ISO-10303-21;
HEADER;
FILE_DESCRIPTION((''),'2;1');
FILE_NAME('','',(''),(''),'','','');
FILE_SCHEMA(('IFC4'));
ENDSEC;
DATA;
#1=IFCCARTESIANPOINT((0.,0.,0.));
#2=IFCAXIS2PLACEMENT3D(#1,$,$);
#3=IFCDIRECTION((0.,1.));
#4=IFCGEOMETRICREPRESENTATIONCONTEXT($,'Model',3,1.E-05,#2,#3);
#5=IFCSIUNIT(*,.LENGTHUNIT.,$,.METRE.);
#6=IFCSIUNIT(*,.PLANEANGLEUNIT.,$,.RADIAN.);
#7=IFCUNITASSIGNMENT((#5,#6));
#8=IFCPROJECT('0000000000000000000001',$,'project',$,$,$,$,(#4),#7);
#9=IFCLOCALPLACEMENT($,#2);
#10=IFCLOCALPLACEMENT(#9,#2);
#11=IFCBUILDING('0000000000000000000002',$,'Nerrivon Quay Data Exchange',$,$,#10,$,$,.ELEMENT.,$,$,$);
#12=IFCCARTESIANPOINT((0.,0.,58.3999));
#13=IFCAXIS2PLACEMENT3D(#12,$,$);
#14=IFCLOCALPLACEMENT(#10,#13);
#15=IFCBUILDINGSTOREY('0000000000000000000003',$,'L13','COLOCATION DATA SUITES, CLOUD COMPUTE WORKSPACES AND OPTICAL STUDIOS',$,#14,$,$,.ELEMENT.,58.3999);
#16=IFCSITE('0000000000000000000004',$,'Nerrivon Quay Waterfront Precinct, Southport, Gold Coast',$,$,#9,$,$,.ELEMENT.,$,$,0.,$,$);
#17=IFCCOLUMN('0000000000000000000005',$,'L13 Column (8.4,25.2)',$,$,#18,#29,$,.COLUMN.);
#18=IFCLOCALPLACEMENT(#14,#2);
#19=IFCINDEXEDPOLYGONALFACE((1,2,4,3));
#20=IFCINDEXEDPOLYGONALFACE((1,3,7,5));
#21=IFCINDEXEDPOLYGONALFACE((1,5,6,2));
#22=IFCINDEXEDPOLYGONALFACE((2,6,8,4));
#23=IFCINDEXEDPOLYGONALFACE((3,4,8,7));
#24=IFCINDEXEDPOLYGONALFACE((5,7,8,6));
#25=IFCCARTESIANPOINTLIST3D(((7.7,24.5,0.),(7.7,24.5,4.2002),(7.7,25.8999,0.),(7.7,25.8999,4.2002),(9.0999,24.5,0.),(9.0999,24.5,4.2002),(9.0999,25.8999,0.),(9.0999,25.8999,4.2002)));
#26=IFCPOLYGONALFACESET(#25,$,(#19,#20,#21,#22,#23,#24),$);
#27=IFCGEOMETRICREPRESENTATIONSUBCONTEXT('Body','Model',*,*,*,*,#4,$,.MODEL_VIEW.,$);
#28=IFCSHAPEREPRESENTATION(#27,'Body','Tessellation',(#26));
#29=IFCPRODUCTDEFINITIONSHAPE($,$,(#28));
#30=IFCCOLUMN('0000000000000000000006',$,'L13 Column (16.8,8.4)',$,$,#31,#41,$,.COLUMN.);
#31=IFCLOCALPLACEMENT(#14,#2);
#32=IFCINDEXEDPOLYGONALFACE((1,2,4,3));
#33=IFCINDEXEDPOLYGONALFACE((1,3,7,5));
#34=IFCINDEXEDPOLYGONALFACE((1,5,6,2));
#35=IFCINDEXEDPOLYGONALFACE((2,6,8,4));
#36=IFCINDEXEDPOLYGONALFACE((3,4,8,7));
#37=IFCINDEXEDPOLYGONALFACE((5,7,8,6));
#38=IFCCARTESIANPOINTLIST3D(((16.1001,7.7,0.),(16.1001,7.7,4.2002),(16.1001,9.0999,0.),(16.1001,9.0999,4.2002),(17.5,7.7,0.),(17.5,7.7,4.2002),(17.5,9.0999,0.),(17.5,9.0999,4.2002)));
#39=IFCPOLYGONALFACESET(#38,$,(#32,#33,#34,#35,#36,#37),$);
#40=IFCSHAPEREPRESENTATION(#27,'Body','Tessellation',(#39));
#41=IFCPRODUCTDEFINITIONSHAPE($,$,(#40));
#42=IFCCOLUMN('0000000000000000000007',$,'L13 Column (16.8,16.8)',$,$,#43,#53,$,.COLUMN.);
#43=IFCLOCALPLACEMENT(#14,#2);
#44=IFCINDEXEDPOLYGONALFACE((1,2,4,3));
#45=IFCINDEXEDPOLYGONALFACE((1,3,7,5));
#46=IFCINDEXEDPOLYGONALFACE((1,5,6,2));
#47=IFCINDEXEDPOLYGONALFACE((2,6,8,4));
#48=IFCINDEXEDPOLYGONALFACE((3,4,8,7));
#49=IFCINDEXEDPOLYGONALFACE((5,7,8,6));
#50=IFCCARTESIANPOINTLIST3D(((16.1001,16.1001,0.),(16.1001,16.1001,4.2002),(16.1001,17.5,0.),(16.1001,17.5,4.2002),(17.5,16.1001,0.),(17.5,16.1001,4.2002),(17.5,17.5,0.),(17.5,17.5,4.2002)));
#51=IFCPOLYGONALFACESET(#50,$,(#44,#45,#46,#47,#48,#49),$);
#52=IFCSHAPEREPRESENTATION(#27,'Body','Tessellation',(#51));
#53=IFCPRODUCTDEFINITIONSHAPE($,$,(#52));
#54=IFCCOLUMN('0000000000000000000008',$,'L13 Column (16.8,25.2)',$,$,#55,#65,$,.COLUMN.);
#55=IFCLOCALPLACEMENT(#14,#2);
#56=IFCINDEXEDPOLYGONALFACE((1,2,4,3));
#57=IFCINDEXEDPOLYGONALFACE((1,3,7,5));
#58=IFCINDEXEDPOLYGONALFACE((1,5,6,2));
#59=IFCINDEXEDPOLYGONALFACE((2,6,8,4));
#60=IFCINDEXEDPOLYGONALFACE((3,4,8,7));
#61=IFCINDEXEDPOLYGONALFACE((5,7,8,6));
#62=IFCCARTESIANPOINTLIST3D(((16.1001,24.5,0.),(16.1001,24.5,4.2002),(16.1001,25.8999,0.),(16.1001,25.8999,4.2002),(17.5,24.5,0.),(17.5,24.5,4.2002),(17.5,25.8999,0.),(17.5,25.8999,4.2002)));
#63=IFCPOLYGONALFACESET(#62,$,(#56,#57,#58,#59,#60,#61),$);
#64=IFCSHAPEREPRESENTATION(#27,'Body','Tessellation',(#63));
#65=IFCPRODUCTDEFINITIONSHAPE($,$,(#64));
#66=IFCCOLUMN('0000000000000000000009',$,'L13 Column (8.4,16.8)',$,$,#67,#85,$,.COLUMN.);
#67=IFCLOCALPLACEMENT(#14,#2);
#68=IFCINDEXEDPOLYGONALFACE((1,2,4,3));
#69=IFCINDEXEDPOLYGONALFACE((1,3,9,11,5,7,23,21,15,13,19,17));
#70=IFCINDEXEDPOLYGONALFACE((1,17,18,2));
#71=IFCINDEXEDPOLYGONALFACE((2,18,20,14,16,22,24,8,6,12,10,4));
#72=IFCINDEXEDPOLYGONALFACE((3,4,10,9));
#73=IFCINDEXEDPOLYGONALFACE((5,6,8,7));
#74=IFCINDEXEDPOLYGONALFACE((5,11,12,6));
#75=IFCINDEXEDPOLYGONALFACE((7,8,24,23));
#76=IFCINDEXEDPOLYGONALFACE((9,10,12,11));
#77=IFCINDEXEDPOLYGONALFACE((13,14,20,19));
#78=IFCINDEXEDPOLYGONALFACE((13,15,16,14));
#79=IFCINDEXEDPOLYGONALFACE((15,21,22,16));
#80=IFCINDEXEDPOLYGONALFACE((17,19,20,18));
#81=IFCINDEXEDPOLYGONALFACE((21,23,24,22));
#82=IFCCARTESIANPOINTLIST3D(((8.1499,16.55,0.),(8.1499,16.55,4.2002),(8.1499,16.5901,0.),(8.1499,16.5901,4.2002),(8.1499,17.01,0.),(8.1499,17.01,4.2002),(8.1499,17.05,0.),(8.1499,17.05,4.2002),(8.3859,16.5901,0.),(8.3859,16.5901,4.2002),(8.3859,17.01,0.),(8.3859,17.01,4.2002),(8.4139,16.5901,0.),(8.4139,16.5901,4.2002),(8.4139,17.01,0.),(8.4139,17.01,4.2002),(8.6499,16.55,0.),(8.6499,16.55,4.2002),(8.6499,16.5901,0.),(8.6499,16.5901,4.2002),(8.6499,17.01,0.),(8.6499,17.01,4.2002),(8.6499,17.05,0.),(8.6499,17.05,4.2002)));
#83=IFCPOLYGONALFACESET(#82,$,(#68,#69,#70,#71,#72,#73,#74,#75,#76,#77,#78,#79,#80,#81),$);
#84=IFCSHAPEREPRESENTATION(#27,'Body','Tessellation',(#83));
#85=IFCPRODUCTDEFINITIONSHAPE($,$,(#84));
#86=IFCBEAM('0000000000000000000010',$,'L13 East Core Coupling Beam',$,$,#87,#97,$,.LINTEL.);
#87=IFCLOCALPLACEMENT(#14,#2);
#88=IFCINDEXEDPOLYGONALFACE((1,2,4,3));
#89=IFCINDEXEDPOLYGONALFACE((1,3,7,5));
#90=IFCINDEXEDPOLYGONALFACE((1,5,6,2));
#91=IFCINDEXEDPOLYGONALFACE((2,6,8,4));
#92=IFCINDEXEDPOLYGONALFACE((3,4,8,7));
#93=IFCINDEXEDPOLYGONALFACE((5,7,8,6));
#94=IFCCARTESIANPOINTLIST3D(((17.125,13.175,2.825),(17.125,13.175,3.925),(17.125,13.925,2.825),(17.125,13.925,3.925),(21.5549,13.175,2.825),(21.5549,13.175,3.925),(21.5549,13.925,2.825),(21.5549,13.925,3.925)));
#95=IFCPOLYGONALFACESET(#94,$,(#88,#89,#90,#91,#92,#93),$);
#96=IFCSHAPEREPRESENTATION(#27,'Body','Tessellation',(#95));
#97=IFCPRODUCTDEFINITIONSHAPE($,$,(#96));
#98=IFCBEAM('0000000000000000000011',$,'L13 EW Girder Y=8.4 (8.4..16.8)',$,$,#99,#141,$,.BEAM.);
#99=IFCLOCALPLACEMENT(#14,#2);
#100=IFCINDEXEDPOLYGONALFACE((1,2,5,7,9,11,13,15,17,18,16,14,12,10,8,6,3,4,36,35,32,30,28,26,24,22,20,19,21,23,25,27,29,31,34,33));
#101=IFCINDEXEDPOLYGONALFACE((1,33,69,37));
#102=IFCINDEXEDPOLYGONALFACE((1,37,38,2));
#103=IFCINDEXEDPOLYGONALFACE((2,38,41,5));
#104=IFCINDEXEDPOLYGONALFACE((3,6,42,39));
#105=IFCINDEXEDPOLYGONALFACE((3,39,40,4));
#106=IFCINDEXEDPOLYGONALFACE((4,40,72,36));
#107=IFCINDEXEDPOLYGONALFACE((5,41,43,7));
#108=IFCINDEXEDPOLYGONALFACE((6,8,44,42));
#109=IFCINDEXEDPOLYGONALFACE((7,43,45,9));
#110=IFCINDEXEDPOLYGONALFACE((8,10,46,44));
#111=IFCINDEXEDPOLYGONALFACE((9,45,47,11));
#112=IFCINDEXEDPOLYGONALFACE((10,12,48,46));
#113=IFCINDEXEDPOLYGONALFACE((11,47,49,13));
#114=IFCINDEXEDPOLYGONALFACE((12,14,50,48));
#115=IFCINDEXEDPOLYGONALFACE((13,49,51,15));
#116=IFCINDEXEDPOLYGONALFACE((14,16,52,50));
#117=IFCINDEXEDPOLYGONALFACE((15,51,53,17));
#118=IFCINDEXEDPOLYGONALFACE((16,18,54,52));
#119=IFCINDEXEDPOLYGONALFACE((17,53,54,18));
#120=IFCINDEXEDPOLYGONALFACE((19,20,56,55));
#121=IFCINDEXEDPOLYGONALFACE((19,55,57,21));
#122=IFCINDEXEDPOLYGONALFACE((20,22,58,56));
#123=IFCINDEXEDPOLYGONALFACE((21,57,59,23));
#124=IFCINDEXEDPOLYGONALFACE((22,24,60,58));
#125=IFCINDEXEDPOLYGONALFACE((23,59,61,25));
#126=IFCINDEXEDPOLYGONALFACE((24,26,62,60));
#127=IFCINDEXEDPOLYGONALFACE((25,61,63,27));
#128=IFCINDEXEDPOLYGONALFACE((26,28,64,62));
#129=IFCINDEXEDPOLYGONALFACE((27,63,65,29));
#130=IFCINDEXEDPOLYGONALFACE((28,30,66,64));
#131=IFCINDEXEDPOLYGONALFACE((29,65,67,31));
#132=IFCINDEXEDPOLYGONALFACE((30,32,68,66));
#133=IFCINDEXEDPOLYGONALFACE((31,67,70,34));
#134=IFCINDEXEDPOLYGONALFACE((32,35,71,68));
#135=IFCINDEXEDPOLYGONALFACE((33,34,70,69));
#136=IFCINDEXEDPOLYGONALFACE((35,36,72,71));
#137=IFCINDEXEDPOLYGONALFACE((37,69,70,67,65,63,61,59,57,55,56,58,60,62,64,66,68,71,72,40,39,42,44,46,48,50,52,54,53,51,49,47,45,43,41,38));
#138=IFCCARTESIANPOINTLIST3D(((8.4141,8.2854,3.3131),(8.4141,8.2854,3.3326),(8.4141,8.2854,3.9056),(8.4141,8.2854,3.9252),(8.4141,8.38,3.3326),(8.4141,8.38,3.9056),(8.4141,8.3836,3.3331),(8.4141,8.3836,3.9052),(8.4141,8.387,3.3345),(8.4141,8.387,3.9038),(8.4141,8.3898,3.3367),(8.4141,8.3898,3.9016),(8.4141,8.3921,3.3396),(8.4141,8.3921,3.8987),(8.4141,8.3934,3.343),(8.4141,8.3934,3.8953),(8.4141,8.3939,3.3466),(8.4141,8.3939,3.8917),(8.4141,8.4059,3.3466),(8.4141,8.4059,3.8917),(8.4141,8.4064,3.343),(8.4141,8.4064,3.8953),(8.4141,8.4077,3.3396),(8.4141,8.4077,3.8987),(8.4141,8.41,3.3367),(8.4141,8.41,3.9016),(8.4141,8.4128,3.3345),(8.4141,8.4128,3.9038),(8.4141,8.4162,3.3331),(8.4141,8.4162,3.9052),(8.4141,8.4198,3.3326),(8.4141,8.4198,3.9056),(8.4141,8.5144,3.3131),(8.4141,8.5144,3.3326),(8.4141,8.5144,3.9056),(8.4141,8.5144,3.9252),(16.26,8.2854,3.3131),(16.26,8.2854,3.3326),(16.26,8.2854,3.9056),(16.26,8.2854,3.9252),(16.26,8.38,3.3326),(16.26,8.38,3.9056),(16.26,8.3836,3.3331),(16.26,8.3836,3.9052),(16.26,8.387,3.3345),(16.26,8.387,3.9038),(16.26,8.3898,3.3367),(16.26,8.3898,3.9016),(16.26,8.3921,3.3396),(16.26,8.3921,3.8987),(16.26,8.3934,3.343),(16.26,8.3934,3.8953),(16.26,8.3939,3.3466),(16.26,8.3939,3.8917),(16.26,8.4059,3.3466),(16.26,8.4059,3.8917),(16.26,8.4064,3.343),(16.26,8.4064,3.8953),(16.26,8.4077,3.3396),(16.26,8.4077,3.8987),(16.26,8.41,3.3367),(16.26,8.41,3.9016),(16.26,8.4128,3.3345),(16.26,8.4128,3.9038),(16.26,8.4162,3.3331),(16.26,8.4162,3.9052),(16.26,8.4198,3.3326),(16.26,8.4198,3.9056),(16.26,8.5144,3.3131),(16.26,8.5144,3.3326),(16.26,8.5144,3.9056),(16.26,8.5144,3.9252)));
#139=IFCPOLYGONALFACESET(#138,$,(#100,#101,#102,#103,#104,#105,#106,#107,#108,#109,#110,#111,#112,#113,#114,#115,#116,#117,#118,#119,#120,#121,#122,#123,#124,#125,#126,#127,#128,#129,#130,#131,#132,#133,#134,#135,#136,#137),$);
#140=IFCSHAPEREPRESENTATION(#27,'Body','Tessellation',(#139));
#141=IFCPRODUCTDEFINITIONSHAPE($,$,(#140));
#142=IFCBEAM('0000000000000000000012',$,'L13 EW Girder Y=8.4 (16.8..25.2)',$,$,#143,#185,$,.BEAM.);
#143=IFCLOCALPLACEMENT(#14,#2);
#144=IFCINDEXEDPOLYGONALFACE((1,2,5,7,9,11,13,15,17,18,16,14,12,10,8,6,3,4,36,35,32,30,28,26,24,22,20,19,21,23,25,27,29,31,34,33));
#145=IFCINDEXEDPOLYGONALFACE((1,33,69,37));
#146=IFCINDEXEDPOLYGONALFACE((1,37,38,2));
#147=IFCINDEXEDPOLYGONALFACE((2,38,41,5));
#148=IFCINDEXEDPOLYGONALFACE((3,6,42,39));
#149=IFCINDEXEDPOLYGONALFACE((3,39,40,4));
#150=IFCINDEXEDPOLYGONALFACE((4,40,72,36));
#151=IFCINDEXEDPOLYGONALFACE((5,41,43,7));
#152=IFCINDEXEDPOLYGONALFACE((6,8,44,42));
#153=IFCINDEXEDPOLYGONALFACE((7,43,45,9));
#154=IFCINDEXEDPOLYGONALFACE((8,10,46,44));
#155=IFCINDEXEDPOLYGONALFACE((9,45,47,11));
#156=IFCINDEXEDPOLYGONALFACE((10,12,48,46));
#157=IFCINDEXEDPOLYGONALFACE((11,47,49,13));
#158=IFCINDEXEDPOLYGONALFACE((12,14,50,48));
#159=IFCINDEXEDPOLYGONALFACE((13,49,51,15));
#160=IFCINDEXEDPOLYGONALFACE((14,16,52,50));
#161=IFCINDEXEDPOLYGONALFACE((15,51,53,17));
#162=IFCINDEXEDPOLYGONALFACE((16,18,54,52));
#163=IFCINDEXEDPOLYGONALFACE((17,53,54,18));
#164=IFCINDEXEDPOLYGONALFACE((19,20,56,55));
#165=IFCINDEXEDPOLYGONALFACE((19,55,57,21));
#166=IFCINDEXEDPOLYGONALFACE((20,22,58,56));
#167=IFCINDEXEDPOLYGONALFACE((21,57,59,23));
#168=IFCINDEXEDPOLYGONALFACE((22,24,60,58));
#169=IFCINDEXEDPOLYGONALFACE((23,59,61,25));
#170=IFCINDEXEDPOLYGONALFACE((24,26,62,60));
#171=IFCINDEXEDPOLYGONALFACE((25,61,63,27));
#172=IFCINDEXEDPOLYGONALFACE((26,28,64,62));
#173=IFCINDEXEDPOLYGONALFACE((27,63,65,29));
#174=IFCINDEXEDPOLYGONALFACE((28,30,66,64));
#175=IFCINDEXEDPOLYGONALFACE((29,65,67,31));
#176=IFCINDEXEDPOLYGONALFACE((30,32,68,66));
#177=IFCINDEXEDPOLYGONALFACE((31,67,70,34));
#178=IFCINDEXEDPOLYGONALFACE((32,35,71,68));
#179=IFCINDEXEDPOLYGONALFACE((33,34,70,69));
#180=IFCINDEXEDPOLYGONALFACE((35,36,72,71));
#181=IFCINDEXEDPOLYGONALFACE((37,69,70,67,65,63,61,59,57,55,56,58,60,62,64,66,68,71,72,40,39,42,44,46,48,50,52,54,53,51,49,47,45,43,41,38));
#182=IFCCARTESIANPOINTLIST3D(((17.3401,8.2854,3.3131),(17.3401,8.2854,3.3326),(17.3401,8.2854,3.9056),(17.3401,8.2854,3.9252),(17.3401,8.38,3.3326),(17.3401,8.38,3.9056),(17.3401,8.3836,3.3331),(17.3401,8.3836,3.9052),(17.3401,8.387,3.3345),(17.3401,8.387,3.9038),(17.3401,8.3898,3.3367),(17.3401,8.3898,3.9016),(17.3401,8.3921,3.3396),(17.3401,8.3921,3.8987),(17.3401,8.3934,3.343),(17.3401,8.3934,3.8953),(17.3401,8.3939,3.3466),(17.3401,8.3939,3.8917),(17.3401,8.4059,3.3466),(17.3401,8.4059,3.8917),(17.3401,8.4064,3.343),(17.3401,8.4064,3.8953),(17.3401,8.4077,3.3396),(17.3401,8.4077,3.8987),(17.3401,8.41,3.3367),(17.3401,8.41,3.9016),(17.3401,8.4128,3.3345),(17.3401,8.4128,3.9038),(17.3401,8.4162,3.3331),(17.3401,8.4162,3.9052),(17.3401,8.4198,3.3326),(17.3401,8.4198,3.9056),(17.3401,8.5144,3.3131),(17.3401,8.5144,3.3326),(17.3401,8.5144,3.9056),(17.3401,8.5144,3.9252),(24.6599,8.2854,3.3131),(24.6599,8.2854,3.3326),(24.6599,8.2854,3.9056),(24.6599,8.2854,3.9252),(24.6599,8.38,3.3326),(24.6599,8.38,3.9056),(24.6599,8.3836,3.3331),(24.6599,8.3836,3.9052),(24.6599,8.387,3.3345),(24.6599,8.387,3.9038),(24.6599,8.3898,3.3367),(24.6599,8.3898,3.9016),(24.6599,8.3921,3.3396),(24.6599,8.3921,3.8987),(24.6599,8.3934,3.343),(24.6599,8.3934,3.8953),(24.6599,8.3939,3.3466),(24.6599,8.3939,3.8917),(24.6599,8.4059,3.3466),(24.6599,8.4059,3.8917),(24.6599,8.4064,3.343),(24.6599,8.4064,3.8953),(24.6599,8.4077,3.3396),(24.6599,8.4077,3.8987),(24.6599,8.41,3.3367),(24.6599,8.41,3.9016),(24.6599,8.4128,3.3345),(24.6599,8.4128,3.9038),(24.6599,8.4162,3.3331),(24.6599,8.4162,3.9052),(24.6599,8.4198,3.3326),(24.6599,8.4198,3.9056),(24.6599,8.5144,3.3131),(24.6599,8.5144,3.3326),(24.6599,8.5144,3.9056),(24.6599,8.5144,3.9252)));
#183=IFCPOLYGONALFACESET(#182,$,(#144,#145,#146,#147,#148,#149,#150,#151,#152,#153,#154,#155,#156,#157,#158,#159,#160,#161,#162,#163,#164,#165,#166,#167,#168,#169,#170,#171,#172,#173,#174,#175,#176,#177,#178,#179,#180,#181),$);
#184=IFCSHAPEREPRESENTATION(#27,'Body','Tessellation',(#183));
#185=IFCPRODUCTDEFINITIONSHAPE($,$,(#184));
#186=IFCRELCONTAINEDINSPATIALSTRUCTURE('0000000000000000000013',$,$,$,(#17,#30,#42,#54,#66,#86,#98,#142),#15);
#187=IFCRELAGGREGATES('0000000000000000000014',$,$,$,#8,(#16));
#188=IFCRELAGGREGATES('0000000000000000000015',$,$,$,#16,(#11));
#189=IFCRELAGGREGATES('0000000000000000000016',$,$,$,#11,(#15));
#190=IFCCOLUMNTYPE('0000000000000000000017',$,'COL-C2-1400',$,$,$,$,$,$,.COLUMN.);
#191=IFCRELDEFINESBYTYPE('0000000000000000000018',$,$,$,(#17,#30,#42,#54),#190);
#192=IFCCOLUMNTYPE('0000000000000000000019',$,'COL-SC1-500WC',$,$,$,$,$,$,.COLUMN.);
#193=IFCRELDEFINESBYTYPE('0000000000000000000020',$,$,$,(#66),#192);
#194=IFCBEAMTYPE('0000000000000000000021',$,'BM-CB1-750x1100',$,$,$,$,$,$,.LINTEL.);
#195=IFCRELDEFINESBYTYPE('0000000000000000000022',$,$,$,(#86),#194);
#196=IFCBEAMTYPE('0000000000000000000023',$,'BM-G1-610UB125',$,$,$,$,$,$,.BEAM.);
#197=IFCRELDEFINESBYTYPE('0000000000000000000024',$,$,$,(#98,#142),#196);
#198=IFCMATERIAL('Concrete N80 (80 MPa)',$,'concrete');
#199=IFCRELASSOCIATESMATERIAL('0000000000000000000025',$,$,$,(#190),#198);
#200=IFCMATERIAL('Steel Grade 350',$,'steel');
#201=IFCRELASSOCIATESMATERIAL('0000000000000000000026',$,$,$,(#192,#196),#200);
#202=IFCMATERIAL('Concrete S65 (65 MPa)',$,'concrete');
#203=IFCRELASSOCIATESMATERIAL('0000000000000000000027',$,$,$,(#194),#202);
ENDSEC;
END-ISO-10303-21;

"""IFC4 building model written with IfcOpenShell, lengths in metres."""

from ifc_helpers import new_model, si_unit, direction, frame, origin, origin_2d, place, context, subcontext, project, spatial, rectangle, i_section, extrude, material, material_profile, profile_set, type_object, element, save


model = new_model("IFC4")

# Units and contexts
model_context = context("Model", 3, precision=1e-05, world=origin(), true_north=direction((0.0, 1.0)))
body_context = subcontext(model_context, "Body", "Model", "MODEL_VIEW")
ifc_project = project(units=[si_unit("LENGTHUNIT", "METRE"), si_unit("PLANEANGLEUNIT", "RADIAN")], contexts=[model_context])

# Site, building, storey
site_placement = place(None, origin())
site = spatial("IfcSite", under=ifc_project, at=site_placement, Name="Nerrivon Quay Waterfront Precinct, Southport, Gold Coast", CompositionType="ELEMENT", RefElevation=0.0)
building_placement = place(site_placement, origin())
building = spatial("IfcBuilding", under=site, at=building_placement, Name="Nerrivon Quay Data Exchange", CompositionType="ELEMENT")
storey_placement = place(building_placement, frame((0.0, 0.0, 58.3999)))
storey = spatial("IfcBuildingStorey", under=building, at=storey_placement, Name="L13", Description="COLOCATION DATA SUITES, CLOUD COMPUTE WORKSPACES AND OPTICAL STUDIOS", CompositionType="ELEMENT", Elevation=58.3999)

# Columns
ifc_material_1 = material(Name="Concrete N80 (80 MPa)", Category="concrete")
ifc_material_profile_1 = material_profile(ifc_material_1, rectangle(XDim=1.3999, YDim=1.3999, at=origin_2d()), Name="RC-COL-1400x1400")
ifc_profile_set_1 = profile_set([ifc_material_profile_1], Name="Concrete N80 (80 MPa)")
column_type_1 = type_object("IfcColumnType", Name="COL-C2-1400", PredefinedType="COLUMN", material=ifc_profile_set_1)
for number, where, z_axis, x_axis, name in (
    (1, (8.3999, 25.2, 0.0), (0.0, 0.0, 1.0), (1.0, 0.0, 0.0), "L13 Column (8.4,25.2)"),
    (2, (16.8, 8.3999, 0.0), (0.0, 0.0, 1.0), (1.0, 0.0, 0.0), "L13 Column (16.8,8.4)"),
    (3, (16.8, 16.8, 0.0), (0.0, 0.0, 1.0), (1.0, 0.0, 0.0), "L13 Column (16.8,16.8)"),
    (4, (16.8, 25.2, 0.0), (0.0, 0.0, 1.0), (1.0, 0.0, 0.0), "L13 Column (16.8,25.2)"),
):
    element("IfcColumn", number, at=place(storey_placement, frame(where, z_axis=z_axis, x_axis=x_axis)), inside=storey, type_object=column_type_1, Name=name, PredefinedType="COLUMN", context=body_context, shape_type="SweptSolid", body=[
        extrude(rectangle(XDim=1.3999, YDim=1.3999, at=origin_2d()), origin(), (0.0, 0.0, 1.0), 4.2002),
    ])
ifc_material_2 = material(Name="Steel Grade 350", Category="steel")
ifc_material_profile_2 = material_profile(ifc_material_2, i_section(OverallWidth=0.5, OverallDepth=0.5, WebThickness=0.0281, FlangeThickness=0.04, at=origin_2d()), Name="500WC440")
ifc_profile_set_2 = profile_set([ifc_material_profile_2], Name="Steel Grade 350")
column_type_2 = type_object("IfcColumnType", Name="COL-SC1-500WC", PredefinedType="COLUMN", material=ifc_profile_set_2)
column_placement = place(storey_placement, frame((8.3999, 16.8, 0.0), z_axis=(0.0, 0.0, 1.0), x_axis=(1.0, 0.0, 0.0)))
element("IfcColumn", 5, at=column_placement, inside=storey, type_object=column_type_2, Name="L13 Column (8.4,16.8)", PredefinedType="COLUMN", context=body_context, shape_type="SweptSolid", body=[
    extrude(i_section(OverallWidth=0.5, OverallDepth=0.5, WebThickness=0.0281, FlangeThickness=0.04, at=origin_2d()), origin(), (0.0, 0.0, 1.0), 4.2002),
])

# Beams
ifc_material_3 = material(Name="Concrete S65 (65 MPa)", Category="concrete")
ifc_material_profile_3 = material_profile(ifc_material_3, rectangle(XDim=0.75, YDim=1.1001, at=origin_2d()), Name="RC-CB-750x1100")
ifc_profile_set_3 = profile_set([ifc_material_profile_3], Name="Concrete S65 (65 MPa)")
beam_type_1 = type_object("IfcBeamType", Name="BM-CB1-750x1100", PredefinedType="LINTEL", material=ifc_profile_set_3)
beam_1_placement = place(storey_placement, frame((17.125, 13.55, 3.375), z_axis=(1.0, 0.0, 0.0), x_axis=(0.0, 1.0, 0.0)))
element("IfcBeam", 6, at=beam_1_placement, inside=storey, type_object=beam_type_1, Name="L13 East Core Coupling Beam", PredefinedType="LINTEL", context=body_context, shape_type="SweptSolid", body=[
    extrude(rectangle(XDim=0.75, YDim=1.1001, at=origin_2d()), origin(), (0.0, 0.0, 1.0), 4.4299),
])
ifc_material_profile_4 = material_profile(ifc_material_2, i_section(OverallWidth=0.229, OverallDepth=0.6121, WebThickness=0.012, FlangeThickness=0.0195, FilletRadius=0.0139, at=origin_2d()), Name="610UB125")
ifc_profile_set_4 = profile_set([ifc_material_profile_4], Name="Steel Grade 350")
beam_type_2 = type_object("IfcBeamType", Name="BM-G1-610UB125", PredefinedType="BEAM", material=ifc_profile_set_4)
beam_2_placement = place(storey_placement, frame((8.4141, 8.3999, 3.6191), z_axis=(1.0, 0.0, 0.0), x_axis=(0.0, 1.0, 0.0)))
element("IfcBeam", 7, at=beam_2_placement, inside=storey, type_object=beam_type_2, Name="L13 EW Girder Y=8.4 (8.4..16.8)", PredefinedType="BEAM", context=body_context, shape_type="SweptSolid", body=[
    extrude(i_section(OverallWidth=0.229, OverallDepth=0.6121, WebThickness=0.012, FlangeThickness=0.0195, FilletRadius=0.0139, at=origin_2d()), origin(), (0.0, 0.0, 1.0), 7.8459),
])
beam_3_placement = place(storey_placement, frame((17.3401, 8.3999, 3.6191), z_axis=(1.0, 0.0, 0.0), x_axis=(0.0, 1.0, 0.0)))
element("IfcBeam", 8, at=beam_3_placement, inside=storey, type_object=beam_type_2, Name="L13 EW Girder Y=8.4 (16.8..25.2)", PredefinedType="BEAM", context=body_context, shape_type="SweptSolid", body=[
    extrude(i_section(OverallWidth=0.229, OverallDepth=0.6121, WebThickness=0.012, FlangeThickness=0.0195, FilletRadius=0.0139, at=origin_2d()), origin(), (0.0, 0.0, 1.0), 7.3198),
])

save(model, "model.ifc")
